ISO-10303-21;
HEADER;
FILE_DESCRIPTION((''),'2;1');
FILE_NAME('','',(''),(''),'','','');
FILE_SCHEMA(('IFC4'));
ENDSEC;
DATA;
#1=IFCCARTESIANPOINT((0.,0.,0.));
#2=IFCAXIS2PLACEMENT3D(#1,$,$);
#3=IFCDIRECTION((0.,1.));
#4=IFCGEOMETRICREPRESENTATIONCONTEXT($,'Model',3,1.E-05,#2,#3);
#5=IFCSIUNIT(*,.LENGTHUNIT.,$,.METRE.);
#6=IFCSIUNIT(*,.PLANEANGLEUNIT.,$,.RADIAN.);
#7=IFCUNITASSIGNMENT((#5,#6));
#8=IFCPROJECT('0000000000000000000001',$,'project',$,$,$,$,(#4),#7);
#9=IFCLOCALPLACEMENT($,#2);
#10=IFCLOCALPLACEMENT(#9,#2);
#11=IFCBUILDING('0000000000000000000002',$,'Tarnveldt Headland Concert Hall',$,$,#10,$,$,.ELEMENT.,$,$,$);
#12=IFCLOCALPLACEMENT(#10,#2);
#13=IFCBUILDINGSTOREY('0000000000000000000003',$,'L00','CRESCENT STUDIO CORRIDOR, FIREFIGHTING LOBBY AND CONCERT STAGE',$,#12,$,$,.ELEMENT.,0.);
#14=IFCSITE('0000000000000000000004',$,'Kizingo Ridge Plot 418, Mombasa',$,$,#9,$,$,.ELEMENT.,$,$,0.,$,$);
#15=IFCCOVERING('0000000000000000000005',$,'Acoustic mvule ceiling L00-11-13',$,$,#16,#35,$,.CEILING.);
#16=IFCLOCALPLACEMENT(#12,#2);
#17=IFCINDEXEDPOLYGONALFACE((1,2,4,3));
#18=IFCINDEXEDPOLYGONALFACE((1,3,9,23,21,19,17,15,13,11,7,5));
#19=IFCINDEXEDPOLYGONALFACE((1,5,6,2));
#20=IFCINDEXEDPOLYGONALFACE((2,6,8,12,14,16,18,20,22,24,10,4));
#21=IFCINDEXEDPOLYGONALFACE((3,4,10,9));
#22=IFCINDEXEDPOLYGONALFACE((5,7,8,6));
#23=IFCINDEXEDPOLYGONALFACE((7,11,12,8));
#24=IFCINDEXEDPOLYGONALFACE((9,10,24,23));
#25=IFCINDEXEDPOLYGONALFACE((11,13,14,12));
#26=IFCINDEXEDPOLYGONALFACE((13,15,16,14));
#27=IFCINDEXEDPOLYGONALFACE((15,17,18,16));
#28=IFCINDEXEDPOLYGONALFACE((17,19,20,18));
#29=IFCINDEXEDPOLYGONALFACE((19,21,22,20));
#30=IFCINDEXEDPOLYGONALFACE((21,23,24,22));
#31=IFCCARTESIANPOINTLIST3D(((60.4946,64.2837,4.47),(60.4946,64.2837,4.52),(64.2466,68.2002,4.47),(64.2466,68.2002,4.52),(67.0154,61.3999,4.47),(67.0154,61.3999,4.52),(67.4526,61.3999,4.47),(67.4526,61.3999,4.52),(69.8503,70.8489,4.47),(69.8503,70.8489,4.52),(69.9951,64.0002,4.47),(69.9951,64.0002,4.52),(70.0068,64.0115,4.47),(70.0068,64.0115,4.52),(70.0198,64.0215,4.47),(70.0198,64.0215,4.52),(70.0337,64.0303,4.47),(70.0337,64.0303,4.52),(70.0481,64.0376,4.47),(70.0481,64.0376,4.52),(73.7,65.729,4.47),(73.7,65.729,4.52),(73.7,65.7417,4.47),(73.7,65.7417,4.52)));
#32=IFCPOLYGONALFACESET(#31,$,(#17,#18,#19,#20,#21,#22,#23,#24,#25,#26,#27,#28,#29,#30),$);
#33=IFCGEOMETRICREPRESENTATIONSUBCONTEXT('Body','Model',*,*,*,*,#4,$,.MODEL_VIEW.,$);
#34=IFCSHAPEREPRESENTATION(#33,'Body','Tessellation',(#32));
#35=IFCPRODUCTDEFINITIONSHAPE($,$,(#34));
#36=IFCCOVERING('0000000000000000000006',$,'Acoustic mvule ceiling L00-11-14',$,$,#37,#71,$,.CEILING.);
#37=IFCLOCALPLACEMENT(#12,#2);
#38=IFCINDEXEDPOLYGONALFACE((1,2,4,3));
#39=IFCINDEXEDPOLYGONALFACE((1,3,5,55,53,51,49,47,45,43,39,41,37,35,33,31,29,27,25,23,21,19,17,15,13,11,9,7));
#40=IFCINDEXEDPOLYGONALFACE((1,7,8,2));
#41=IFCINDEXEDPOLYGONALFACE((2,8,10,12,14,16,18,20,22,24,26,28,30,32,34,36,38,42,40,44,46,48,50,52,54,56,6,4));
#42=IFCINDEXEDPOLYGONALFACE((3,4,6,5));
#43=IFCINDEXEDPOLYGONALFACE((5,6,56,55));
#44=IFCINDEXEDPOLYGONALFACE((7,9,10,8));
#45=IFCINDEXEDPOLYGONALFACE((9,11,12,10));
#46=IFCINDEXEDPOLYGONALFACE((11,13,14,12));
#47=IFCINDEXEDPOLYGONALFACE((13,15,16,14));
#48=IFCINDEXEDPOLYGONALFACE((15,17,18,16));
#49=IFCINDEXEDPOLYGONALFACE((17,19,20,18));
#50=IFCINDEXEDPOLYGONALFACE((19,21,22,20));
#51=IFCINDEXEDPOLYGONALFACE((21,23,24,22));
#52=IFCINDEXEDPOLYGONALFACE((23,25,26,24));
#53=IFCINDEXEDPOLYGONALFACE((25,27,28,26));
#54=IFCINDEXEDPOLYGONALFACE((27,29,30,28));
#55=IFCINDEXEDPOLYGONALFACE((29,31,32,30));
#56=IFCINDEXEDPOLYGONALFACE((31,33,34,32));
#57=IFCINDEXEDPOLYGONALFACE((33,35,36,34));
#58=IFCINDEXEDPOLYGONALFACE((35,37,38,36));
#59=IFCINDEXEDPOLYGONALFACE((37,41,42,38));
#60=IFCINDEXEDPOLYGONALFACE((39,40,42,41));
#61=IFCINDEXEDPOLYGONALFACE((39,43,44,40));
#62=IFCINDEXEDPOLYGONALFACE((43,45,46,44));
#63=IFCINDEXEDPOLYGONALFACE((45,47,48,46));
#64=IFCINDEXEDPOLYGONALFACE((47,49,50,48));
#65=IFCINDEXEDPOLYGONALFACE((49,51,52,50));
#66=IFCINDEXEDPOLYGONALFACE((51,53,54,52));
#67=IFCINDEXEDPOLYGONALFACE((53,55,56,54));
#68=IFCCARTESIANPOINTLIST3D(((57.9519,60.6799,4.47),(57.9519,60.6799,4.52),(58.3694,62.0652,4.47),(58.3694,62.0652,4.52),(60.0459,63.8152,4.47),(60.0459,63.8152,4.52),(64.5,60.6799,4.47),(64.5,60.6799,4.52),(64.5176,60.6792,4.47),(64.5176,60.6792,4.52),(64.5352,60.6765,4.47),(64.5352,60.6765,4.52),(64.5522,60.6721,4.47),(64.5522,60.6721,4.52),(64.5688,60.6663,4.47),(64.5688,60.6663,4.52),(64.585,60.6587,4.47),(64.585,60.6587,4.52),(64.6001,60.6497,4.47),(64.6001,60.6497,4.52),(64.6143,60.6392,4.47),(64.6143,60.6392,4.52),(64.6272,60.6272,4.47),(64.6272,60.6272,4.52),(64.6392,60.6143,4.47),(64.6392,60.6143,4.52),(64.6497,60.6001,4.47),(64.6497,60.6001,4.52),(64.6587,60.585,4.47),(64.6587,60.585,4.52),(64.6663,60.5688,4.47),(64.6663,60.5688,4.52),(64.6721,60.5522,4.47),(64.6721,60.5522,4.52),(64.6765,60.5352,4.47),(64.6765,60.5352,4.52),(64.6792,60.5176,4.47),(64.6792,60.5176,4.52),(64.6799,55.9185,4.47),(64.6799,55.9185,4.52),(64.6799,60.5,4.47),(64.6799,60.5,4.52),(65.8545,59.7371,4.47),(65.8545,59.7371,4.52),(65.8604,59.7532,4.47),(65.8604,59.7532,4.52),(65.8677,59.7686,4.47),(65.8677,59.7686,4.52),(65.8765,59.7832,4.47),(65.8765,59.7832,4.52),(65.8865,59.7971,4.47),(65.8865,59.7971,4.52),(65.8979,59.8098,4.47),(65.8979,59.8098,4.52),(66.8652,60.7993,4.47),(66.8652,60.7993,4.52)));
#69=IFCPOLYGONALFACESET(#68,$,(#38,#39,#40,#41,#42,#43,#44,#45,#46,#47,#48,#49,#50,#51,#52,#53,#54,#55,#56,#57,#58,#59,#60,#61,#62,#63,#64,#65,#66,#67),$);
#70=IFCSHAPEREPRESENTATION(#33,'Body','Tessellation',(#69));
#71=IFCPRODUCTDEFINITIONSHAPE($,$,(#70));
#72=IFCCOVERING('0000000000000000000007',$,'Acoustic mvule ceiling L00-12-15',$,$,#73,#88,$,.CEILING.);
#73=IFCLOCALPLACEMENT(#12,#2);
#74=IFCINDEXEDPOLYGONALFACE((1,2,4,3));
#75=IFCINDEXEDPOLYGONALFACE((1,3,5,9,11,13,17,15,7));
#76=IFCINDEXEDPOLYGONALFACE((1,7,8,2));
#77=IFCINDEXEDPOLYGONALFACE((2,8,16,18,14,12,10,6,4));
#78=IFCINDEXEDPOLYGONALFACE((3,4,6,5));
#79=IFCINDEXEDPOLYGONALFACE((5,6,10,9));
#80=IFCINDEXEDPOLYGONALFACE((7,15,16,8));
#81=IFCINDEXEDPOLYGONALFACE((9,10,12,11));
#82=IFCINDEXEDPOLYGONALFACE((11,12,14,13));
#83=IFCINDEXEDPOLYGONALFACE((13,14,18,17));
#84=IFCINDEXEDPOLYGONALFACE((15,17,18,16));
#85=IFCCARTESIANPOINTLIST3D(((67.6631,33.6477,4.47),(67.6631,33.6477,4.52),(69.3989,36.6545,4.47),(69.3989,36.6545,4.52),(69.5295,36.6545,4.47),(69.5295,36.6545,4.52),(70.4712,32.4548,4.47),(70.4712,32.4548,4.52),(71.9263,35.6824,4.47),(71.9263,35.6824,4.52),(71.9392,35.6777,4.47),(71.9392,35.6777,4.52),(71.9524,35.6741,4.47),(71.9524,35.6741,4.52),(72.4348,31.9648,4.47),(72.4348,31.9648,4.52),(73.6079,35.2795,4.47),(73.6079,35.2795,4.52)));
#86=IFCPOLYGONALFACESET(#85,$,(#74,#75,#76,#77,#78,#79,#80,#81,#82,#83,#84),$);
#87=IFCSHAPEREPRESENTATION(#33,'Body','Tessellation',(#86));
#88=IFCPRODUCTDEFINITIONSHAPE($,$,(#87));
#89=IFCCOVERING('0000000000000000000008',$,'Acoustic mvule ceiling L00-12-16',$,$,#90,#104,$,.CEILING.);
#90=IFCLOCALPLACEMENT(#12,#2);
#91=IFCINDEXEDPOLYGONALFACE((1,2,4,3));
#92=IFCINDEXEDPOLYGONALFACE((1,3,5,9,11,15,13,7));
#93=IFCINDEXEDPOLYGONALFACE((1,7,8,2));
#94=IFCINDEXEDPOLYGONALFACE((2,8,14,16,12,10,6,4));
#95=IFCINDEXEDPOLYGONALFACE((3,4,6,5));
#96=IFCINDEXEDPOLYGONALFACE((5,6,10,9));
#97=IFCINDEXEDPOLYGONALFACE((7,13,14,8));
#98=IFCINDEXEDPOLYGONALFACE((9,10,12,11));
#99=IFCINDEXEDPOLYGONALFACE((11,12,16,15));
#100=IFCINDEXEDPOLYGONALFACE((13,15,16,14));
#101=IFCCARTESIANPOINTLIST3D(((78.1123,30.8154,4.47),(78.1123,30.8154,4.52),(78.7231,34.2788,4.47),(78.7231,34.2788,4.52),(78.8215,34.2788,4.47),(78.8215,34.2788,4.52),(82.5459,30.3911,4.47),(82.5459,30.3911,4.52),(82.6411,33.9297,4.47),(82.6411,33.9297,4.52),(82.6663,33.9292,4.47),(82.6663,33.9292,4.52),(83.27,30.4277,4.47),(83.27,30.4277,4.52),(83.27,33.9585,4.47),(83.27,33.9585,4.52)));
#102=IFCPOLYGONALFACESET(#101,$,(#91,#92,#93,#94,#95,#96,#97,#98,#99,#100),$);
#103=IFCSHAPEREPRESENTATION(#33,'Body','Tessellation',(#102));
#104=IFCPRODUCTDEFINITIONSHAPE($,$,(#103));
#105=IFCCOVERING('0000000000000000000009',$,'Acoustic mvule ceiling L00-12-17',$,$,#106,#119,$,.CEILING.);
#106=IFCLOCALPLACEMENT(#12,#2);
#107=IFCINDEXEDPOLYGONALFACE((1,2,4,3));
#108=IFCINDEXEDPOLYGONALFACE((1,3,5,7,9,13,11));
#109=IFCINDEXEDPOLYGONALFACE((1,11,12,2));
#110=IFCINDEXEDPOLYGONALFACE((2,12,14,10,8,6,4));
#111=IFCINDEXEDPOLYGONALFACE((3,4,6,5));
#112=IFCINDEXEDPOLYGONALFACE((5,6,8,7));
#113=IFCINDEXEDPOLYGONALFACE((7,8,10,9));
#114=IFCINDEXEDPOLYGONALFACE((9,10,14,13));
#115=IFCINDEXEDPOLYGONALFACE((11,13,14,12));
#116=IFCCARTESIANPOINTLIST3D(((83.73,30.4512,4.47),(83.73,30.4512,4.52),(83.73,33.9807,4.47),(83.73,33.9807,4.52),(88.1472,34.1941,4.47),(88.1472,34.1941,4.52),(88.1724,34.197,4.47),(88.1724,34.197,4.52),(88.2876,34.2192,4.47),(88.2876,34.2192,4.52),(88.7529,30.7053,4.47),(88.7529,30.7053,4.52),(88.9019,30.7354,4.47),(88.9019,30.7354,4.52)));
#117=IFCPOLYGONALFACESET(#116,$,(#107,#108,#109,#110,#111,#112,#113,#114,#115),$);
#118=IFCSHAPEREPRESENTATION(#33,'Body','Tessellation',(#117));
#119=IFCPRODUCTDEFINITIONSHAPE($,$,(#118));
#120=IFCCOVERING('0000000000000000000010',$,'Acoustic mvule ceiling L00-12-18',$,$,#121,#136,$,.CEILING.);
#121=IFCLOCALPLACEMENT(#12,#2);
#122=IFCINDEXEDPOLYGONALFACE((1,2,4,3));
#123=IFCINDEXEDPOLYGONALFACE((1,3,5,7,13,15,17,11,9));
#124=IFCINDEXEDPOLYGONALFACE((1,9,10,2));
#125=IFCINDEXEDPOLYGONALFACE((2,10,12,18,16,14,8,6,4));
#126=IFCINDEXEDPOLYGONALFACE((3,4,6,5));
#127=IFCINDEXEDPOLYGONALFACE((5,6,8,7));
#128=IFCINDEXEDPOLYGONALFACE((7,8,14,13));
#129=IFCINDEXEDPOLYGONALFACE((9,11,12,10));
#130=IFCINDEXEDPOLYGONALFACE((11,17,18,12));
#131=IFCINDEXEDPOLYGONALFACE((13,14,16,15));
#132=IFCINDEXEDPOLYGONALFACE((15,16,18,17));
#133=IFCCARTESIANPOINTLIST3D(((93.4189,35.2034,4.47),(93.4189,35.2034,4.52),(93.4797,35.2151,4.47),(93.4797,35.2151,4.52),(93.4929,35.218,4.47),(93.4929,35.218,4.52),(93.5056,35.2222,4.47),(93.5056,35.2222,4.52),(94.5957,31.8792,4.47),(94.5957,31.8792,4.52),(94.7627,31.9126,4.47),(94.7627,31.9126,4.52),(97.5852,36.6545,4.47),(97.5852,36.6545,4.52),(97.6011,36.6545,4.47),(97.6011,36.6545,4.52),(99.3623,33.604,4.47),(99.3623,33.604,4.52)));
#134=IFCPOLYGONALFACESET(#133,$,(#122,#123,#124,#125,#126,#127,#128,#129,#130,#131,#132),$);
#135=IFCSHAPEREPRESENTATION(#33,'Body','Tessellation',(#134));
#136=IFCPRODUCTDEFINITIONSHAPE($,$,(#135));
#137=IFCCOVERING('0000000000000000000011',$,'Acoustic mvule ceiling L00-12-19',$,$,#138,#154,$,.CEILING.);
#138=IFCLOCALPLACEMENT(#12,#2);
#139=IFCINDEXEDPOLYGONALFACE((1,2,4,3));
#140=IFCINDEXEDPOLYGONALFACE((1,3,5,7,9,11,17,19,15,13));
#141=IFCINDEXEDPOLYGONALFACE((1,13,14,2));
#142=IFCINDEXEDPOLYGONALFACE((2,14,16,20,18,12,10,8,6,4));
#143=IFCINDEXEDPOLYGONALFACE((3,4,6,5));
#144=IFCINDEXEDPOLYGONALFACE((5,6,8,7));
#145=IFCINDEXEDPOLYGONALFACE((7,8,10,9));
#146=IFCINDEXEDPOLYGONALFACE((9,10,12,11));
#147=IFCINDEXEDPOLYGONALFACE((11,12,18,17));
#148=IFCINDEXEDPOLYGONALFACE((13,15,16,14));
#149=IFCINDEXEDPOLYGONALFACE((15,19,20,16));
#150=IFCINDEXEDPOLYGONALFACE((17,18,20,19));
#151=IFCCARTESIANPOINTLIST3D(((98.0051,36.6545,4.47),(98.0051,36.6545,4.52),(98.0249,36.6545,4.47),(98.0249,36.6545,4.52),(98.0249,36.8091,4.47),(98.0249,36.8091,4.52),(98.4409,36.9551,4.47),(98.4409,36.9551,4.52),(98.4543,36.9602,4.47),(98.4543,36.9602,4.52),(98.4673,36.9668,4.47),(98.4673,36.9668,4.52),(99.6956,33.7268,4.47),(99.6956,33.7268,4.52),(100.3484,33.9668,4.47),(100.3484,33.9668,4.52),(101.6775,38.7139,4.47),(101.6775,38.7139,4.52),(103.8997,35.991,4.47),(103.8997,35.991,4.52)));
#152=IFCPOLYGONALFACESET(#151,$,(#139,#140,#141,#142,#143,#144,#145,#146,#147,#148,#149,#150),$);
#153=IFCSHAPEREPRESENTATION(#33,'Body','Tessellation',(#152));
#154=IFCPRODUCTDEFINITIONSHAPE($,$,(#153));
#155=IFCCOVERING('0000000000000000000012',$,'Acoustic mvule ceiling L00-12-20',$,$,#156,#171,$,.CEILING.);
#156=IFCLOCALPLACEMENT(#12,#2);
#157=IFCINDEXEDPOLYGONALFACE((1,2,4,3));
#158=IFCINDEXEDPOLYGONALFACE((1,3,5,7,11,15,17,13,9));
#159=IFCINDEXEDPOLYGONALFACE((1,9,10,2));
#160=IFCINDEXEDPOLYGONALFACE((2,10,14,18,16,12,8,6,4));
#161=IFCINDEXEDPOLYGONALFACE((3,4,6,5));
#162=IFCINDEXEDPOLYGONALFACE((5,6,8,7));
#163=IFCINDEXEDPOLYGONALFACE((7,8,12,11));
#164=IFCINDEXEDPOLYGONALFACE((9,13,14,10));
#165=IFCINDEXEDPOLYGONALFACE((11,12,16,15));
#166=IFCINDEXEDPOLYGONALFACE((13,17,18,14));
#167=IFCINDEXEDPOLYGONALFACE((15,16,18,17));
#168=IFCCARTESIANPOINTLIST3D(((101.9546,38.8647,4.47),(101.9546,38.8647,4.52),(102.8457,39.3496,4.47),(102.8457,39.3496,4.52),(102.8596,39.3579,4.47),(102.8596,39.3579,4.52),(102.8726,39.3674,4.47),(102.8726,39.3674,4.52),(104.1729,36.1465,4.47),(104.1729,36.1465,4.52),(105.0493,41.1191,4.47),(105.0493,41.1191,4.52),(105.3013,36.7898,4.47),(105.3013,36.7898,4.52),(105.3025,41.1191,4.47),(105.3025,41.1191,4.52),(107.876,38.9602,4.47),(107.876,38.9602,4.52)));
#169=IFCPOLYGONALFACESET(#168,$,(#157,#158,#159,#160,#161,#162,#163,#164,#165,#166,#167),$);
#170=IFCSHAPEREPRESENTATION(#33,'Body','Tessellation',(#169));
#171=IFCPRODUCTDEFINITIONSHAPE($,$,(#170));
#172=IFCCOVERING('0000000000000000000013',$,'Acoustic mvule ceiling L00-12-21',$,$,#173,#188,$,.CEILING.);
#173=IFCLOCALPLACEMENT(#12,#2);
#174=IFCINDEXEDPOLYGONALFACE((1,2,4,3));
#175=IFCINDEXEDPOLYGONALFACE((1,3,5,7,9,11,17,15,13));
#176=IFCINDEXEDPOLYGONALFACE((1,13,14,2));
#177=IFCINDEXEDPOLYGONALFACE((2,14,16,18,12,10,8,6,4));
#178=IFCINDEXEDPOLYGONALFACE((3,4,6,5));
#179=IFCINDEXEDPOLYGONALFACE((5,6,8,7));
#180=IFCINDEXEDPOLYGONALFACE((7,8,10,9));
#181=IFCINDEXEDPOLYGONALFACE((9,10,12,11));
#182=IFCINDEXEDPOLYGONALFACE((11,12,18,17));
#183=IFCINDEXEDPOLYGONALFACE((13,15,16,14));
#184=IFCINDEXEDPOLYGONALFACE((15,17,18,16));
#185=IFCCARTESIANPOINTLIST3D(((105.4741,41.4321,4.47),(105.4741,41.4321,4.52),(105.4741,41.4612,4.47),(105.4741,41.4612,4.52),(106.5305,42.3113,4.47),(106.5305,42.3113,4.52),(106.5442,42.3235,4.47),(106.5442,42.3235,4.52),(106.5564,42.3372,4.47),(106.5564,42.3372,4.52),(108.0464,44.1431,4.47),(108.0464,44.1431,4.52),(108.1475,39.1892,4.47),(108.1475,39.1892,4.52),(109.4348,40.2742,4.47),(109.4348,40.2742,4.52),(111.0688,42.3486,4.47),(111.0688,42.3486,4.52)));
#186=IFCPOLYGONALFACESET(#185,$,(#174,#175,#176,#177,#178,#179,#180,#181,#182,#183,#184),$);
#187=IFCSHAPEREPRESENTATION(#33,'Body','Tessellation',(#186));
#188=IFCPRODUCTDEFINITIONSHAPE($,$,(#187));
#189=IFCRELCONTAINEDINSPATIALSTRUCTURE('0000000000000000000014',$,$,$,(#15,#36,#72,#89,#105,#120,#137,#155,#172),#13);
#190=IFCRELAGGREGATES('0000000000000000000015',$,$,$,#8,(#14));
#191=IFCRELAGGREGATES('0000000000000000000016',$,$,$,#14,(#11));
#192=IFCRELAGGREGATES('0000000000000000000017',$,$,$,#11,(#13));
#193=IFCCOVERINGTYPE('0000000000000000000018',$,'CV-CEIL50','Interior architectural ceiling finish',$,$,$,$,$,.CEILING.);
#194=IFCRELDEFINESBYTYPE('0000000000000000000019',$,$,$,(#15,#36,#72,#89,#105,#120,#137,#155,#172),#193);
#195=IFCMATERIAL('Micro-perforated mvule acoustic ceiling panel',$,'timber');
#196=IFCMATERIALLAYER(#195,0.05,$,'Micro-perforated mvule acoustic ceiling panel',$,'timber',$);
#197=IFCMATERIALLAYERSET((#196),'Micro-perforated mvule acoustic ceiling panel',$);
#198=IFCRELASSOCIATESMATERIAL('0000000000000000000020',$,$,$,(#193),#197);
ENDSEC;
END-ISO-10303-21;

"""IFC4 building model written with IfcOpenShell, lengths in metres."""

from ifc_helpers import new_model, si_unit, direction, frame, origin, place, context, subcontext, project, spatial, polyline, outline, extrude, material, layer, layer_set, type_object, element, save


model = new_model("IFC4")

# Units and contexts
model_context = context("Model", 3, precision=1e-05, world=origin(), true_north=direction((0.0, 1.0)))
body_context = subcontext(model_context, "Body", "Model", "MODEL_VIEW")
ifc_project = project(units=[si_unit("LENGTHUNIT", "METRE"), si_unit("PLANEANGLEUNIT", "RADIAN")], contexts=[model_context])

# Site, building, storey
site_placement = place(None, origin())
site = spatial("IfcSite", under=ifc_project, at=site_placement, Name="Kizingo Ridge Plot 418, Mombasa", CompositionType="ELEMENT", RefElevation=0.0)
building_placement = place(site_placement, origin())
building = spatial("IfcBuilding", under=site, at=building_placement, Name="Tarnveldt Headland Concert Hall", CompositionType="ELEMENT")
storey_placement = place(building_placement, origin())
storey = spatial("IfcBuildingStorey", under=building, at=storey_placement, Name="L00", Description="CRESCENT STUDIO CORRIDOR, FIREFIGHTING LOBBY AND CONCERT STAGE", CompositionType="ELEMENT", Elevation=0.0)

# Coverings
ifc_material = material(Name="Micro-perforated mvule acoustic ceiling panel", Category="timber")
ifc_layer = layer(ifc_material, 0.05, Name="Micro-perforated mvule acoustic ceiling panel", Category="timber")
ifc_layer_set = layer_set([ifc_layer], Name="Micro-perforated mvule acoustic ceiling panel")
covering_type = type_object("IfcCoveringType", Name="CV-CEIL50", Description="Interior architectural ceiling finish", PredefinedType="CEILING", material=ifc_layer_set)
covering_1_placement = place(storey_placement, frame((0.0, 0.0, 4.47)))
element("IfcCovering", 1, at=covering_1_placement, inside=storey, type_object=covering_type, Name="Acoustic mvule ceiling L00-11-13", PredefinedType="CEILING", context=body_context, shape_type="SweptSolid", body=[
    extrude(outline(polyline([(70.0337, 64.0303), (70.0198, 64.0215), (70.0068, 64.0115), (69.9951, 64.0002), (67.4526, 61.3999), (67.0154, 61.3999), (60.4946, 64.2837), (64.2466, 68.2002), (69.8503, 70.8489), (73.7, 65.7417), (73.7, 65.729), (70.0481, 64.0376), (70.0337, 64.0303)])), origin(), (0.0, 0.0, 1.0), 0.05),
])
covering_2_placement = place(storey_placement, frame((0.0, 0.0, 4.47)))
element("IfcCovering", 2, at=covering_2_placement, inside=storey, type_object=covering_type, Name="Acoustic mvule ceiling L00-11-14", PredefinedType="CEILING", context=body_context, shape_type="SweptSolid", body=[
    extrude(outline(polyline([(65.8865, 59.7971), (65.8765, 59.7832), (65.8677, 59.7686), (65.8604, 59.7532), (65.8545, 59.7371), (64.6799, 55.9185), (64.6799, 60.5), (64.6792, 60.5176), (64.6765, 60.5352), (64.6721, 60.5522), (64.6663, 60.5688), (64.6587, 60.585), (64.6497, 60.6001), (64.6392, 60.6143), (64.6272, 60.6272), (64.6143, 60.6392), (64.6001, 60.6497), (64.585, 60.6587), (64.5688, 60.6663), (64.5522, 60.6721), (64.5352, 60.6765), (64.5176, 60.6792), (64.5, 60.6799), (57.9519, 60.6799), (58.3694, 62.0652), (60.0459, 63.8152), (66.8652, 60.7993), (65.8979, 59.8098), (65.8865, 59.7971)])), origin(), (0.0, 0.0, 1.0), 0.05),
])
covering_3_placement = place(storey_placement, frame((0.0, 0.0, 4.47)))
element("IfcCovering", 3, at=covering_3_placement, inside=storey, type_object=covering_type, Name="Acoustic mvule ceiling L00-12-15", PredefinedType="CEILING", context=body_context, shape_type="SweptSolid", body=[
    extrude(outline(polyline([(67.6631, 33.6477), (69.3989, 36.6545), (69.5295, 36.6545), (71.9263, 35.6824), (71.9392, 35.6777), (71.9524, 35.6741), (73.6079, 35.2795), (72.4348, 31.9648), (70.4712, 32.4548), (67.6631, 33.6477)])), origin(), (0.0, 0.0, 1.0), 0.05),
])
covering_4_placement = place(storey_placement, frame((0.0, 0.0, 4.47)))
element("IfcCovering", 4, at=covering_4_placement, inside=storey, type_object=covering_type, Name="Acoustic mvule ceiling L00-12-16", PredefinedType="CEILING", context=body_context, shape_type="SweptSolid", body=[
    extrude(outline(polyline([(78.8215, 34.2788), (82.6411, 33.9297), (82.6663, 33.9292), (83.27, 33.9585), (83.27, 30.4277), (82.5459, 30.3911), (78.1123, 30.8154), (78.7231, 34.2788), (78.8215, 34.2788)])), origin(), (0.0, 0.0, 1.0), 0.05),
])
covering_5_placement = place(storey_placement, frame((0.0, 0.0, 4.47)))
element("IfcCovering", 5, at=covering_5_placement, inside=storey, type_object=covering_type, Name="Acoustic mvule ceiling L00-12-17", PredefinedType="CEILING", context=body_context, shape_type="SweptSolid", body=[
    extrude(outline(polyline([(88.2876, 34.2192), (88.9019, 30.7354), (88.7529, 30.7053), (83.73, 30.4512), (83.73, 33.9807), (88.1472, 34.1941), (88.1724, 34.197), (88.2876, 34.2192)])), origin(), (0.0, 0.0, 1.0), 0.05),
])
covering_6_placement = place(storey_placement, frame((0.0, 0.0, 4.47)))
element("IfcCovering", 6, at=covering_6_placement, inside=storey, type_object=covering_type, Name="Acoustic mvule ceiling L00-12-18", PredefinedType="CEILING", context=body_context, shape_type="SweptSolid", body=[
    extrude(outline(polyline([(93.4797, 35.2151), (93.4929, 35.218), (93.5056, 35.2222), (97.5852, 36.6545), (97.6011, 36.6545), (99.3623, 33.604), (94.7627, 31.9126), (94.5957, 31.8792), (93.4189, 35.2034), (93.4797, 35.2151)])), origin(), (0.0, 0.0, 1.0), 0.05),
])
covering_7_placement = place(storey_placement, frame((0.0, 0.0, 4.47)))
element("IfcCovering", 7, at=covering_7_placement, inside=storey, type_object=covering_type, Name="Acoustic mvule ceiling L00-12-19", PredefinedType="CEILING", context=body_context, shape_type="SweptSolid", body=[
    extrude(outline(polyline([(99.6956, 33.7268), (98.0051, 36.6545), (98.0249, 36.6545), (98.0249, 36.8091), (98.4409, 36.9551), (98.4543, 36.9602), (98.4673, 36.9668), (101.6775, 38.7139), (103.8997, 35.991), (100.3484, 33.9668), (99.6956, 33.7268)])), origin(), (0.0, 0.0, 1.0), 0.05),
])
covering_8_placement = place(storey_placement, frame((0.0, 0.0, 4.47)))
element("IfcCovering", 8, at=covering_8_placement, inside=storey, type_object=covering_type, Name="Acoustic mvule ceiling L00-12-20", PredefinedType="CEILING", context=body_context, shape_type="SweptSolid", body=[
    extrude(outline(polyline([(104.1729, 36.1465), (101.9546, 38.8647), (102.8457, 39.3496), (102.8596, 39.3579), (102.8726, 39.3674), (105.0493, 41.1191), (105.3025, 41.1191), (107.876, 38.9602), (105.3013, 36.7898), (104.1729, 36.1465)])), origin(), (0.0, 0.0, 1.0), 0.05),
])
covering_9_placement = place(storey_placement, frame((0.0, 0.0, 4.47)))
element("IfcCovering", 9, at=covering_9_placement, inside=storey, type_object=covering_type, Name="Acoustic mvule ceiling L00-12-21", PredefinedType="CEILING", context=body_context, shape_type="SweptSolid", body=[
    extrude(outline(polyline([(109.4348, 40.2742), (108.1475, 39.1892), (105.4741, 41.4321), (105.4741, 41.4612), (106.5305, 42.3113), (106.5442, 42.3235), (106.5564, 42.3372), (108.0464, 44.1431), (111.0688, 42.3486), (109.4348, 40.2742)])), origin(), (0.0, 0.0, 1.0), 0.05),
])

save(model, "model.ifc")
